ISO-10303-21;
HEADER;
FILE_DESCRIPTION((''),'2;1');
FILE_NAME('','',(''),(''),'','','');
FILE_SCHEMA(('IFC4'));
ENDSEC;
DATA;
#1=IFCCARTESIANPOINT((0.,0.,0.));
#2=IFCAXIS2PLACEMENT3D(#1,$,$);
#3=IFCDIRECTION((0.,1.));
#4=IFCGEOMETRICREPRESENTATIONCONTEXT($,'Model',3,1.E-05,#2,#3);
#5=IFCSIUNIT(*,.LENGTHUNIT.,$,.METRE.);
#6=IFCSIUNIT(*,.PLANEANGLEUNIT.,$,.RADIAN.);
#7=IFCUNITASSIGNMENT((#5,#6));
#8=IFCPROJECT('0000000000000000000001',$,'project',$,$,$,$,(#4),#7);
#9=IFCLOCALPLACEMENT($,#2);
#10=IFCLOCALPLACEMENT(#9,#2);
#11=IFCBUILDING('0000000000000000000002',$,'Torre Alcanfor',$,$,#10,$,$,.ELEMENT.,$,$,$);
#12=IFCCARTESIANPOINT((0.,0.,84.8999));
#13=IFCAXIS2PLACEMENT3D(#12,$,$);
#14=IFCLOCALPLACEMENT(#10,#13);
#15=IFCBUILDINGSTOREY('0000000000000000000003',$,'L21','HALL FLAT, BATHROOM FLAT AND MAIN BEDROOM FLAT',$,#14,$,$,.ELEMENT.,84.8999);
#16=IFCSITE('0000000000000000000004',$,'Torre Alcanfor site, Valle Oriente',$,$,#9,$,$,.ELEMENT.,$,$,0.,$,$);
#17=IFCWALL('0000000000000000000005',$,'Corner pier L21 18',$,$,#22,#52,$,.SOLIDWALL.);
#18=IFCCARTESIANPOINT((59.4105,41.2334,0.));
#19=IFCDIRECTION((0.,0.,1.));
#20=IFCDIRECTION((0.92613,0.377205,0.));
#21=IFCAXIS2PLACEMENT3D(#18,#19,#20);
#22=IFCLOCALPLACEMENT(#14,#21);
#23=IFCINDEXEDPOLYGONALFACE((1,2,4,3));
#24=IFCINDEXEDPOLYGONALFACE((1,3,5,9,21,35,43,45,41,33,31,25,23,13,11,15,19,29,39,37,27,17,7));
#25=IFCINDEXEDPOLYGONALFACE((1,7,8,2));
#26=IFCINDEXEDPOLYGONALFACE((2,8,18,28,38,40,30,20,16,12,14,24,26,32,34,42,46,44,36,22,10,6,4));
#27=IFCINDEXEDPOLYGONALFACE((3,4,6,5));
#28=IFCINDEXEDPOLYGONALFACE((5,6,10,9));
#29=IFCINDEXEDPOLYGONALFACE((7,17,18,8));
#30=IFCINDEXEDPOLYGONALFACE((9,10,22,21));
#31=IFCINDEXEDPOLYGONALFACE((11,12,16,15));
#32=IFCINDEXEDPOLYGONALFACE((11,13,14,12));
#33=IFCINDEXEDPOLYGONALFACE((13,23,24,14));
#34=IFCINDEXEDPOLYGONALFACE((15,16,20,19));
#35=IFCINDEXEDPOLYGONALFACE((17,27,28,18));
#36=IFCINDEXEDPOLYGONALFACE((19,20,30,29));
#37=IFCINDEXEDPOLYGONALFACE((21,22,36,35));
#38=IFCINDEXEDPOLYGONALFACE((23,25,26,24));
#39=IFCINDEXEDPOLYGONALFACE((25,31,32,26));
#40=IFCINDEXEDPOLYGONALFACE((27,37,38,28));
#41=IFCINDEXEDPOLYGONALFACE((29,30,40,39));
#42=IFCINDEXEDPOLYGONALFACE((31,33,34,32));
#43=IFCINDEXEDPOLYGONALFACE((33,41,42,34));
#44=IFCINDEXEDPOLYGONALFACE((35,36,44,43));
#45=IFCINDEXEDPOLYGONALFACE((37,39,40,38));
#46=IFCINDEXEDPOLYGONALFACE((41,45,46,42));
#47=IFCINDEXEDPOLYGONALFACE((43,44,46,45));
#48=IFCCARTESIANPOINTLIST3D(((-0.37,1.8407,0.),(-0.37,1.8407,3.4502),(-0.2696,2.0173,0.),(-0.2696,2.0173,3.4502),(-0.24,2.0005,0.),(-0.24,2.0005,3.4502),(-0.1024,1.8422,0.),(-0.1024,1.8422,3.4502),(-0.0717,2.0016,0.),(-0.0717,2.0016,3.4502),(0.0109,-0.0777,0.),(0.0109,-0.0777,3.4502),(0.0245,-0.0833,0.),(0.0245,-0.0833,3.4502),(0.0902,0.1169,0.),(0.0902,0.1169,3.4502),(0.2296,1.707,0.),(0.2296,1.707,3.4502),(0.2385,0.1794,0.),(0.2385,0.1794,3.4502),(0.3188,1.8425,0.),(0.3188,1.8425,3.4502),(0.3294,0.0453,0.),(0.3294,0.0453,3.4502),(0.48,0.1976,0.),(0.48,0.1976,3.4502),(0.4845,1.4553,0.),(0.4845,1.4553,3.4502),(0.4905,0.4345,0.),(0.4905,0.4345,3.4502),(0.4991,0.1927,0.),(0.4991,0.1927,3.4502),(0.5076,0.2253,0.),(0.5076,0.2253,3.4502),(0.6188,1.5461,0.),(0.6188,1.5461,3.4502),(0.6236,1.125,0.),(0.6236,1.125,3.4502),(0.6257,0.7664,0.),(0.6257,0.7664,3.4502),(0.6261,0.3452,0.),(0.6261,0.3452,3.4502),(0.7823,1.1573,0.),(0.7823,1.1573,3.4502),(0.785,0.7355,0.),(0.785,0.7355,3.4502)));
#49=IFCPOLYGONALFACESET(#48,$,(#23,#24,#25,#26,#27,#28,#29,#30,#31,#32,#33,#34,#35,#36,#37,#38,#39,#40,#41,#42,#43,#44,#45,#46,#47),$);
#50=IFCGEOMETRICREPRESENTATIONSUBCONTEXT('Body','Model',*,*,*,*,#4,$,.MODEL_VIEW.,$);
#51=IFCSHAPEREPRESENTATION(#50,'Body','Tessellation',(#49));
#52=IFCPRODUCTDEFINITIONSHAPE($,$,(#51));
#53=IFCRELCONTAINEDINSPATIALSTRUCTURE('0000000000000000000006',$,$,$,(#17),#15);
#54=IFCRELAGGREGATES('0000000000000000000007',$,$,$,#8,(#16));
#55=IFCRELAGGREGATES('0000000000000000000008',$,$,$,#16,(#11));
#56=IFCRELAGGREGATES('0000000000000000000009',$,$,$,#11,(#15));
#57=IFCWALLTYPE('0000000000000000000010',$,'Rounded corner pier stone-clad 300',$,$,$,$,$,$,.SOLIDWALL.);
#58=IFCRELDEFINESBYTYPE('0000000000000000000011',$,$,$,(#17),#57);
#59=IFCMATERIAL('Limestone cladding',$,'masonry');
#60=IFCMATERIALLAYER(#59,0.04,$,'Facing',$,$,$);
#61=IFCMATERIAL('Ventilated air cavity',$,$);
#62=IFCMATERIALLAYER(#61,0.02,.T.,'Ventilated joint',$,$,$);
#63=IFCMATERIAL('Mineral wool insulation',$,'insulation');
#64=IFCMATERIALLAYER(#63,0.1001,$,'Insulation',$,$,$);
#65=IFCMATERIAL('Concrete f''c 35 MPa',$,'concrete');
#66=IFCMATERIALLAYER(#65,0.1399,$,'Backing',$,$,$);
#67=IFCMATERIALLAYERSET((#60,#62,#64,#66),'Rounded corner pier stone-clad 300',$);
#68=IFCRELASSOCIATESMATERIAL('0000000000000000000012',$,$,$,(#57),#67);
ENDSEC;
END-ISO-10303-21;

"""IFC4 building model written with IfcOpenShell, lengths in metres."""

from ifc_helpers import new_model, si_unit, direction, frame, origin, place, context, subcontext, project, spatial, polyline, outline, extrude, material, layer, layer_set, type_object, element, save


model = new_model("IFC4")

# Units and contexts
model_context = context("Model", 3, precision=1e-05, world=origin(), true_north=direction((0.0, 1.0)))
body_context = subcontext(model_context, "Body", "Model", "MODEL_VIEW")
ifc_project = project(units=[si_unit("LENGTHUNIT", "METRE"), si_unit("PLANEANGLEUNIT", "RADIAN")], contexts=[model_context])

# Site, building, storey
site_placement = place(None, origin())
site = spatial("IfcSite", under=ifc_project, at=site_placement, Name="Torre Alcanfor site, Valle Oriente", CompositionType="ELEMENT", RefElevation=0.0)
building_placement = place(site_placement, origin())
building = spatial("IfcBuilding", under=site, at=building_placement, Name="Torre Alcanfor", CompositionType="ELEMENT")
storey_placement = place(building_placement, frame((0.0, 0.0, 84.8999)))
storey = spatial("IfcBuildingStorey", under=building, at=storey_placement, Name="L21", Description="HALL FLAT, BATHROOM FLAT AND MAIN BEDROOM FLAT", CompositionType="ELEMENT", Elevation=84.8999)

# Wall
ifc_material_1 = material(Name="Limestone cladding", Category="masonry")
ifc_layer_1 = layer(ifc_material_1, 0.04, Name="Facing")
ifc_material_2 = material(Name="Ventilated air cavity")
ifc_layer_2 = layer(ifc_material_2, 0.02, ventilated=True, Name="Ventilated joint")
ifc_material_3 = material(Name="Mineral wool insulation", Category="insulation")
ifc_layer_3 = layer(ifc_material_3, 0.1001, Name="Insulation")
ifc_material_4 = material(Name="Concrete f'c 35 MPa", Category="concrete")
ifc_layer_4 = layer(ifc_material_4, 0.1399, Name="Backing")
ifc_layer_set_1 = layer_set([ifc_layer_1, ifc_layer_2, ifc_layer_3, ifc_layer_4], Name="Rounded corner pier stone-clad 300")
wall_type_1 = type_object("IfcWallType", Name="Rounded corner pier stone-clad 300", PredefinedType="SOLIDWALL", material=ifc_layer_set_1)
wall_1_placement = place(storey_placement, frame((59.4105, 41.2334, 0.0), z_axis=(0.0, 0.0, 1.0), x_axis=(0.92613, 0.377205, 0.0)))
element("IfcWall", 1, at=wall_1_placement, inside=storey, type_object=wall_type_1, Name="Corner pier L21 18", PredefinedType="SOLIDWALL", context=body_context, shape_type="SweptSolid", body=[
    extrude(outline(polyline([(0.6261, 0.3452), (0.785, 0.7355), (0.7823, 1.1573), (0.6188, 1.5461), (0.3188, 1.8425), (-0.0717, 2.0016), (-0.24, 2.0005), (-0.2696, 2.0173), (-0.37, 1.8407), (-0.1024, 1.8422), (0.2296, 1.707), (0.4845, 1.4553), (0.6236, 1.125), (0.6257, 0.7664), (0.4905, 0.4345), (0.2385, 0.1794), (0.0902, 0.1169), (0.0109, -0.0777), (0.0245, -0.0833), (0.3294, 0.0453), (0.48, 0.1976), (0.4991, 0.1927), (0.5076, 0.2253), (0.6261, 0.3452)])), origin(), (0.0, 0.0, 1.0), 3.4502),
])

save(model, "model.ifc")
